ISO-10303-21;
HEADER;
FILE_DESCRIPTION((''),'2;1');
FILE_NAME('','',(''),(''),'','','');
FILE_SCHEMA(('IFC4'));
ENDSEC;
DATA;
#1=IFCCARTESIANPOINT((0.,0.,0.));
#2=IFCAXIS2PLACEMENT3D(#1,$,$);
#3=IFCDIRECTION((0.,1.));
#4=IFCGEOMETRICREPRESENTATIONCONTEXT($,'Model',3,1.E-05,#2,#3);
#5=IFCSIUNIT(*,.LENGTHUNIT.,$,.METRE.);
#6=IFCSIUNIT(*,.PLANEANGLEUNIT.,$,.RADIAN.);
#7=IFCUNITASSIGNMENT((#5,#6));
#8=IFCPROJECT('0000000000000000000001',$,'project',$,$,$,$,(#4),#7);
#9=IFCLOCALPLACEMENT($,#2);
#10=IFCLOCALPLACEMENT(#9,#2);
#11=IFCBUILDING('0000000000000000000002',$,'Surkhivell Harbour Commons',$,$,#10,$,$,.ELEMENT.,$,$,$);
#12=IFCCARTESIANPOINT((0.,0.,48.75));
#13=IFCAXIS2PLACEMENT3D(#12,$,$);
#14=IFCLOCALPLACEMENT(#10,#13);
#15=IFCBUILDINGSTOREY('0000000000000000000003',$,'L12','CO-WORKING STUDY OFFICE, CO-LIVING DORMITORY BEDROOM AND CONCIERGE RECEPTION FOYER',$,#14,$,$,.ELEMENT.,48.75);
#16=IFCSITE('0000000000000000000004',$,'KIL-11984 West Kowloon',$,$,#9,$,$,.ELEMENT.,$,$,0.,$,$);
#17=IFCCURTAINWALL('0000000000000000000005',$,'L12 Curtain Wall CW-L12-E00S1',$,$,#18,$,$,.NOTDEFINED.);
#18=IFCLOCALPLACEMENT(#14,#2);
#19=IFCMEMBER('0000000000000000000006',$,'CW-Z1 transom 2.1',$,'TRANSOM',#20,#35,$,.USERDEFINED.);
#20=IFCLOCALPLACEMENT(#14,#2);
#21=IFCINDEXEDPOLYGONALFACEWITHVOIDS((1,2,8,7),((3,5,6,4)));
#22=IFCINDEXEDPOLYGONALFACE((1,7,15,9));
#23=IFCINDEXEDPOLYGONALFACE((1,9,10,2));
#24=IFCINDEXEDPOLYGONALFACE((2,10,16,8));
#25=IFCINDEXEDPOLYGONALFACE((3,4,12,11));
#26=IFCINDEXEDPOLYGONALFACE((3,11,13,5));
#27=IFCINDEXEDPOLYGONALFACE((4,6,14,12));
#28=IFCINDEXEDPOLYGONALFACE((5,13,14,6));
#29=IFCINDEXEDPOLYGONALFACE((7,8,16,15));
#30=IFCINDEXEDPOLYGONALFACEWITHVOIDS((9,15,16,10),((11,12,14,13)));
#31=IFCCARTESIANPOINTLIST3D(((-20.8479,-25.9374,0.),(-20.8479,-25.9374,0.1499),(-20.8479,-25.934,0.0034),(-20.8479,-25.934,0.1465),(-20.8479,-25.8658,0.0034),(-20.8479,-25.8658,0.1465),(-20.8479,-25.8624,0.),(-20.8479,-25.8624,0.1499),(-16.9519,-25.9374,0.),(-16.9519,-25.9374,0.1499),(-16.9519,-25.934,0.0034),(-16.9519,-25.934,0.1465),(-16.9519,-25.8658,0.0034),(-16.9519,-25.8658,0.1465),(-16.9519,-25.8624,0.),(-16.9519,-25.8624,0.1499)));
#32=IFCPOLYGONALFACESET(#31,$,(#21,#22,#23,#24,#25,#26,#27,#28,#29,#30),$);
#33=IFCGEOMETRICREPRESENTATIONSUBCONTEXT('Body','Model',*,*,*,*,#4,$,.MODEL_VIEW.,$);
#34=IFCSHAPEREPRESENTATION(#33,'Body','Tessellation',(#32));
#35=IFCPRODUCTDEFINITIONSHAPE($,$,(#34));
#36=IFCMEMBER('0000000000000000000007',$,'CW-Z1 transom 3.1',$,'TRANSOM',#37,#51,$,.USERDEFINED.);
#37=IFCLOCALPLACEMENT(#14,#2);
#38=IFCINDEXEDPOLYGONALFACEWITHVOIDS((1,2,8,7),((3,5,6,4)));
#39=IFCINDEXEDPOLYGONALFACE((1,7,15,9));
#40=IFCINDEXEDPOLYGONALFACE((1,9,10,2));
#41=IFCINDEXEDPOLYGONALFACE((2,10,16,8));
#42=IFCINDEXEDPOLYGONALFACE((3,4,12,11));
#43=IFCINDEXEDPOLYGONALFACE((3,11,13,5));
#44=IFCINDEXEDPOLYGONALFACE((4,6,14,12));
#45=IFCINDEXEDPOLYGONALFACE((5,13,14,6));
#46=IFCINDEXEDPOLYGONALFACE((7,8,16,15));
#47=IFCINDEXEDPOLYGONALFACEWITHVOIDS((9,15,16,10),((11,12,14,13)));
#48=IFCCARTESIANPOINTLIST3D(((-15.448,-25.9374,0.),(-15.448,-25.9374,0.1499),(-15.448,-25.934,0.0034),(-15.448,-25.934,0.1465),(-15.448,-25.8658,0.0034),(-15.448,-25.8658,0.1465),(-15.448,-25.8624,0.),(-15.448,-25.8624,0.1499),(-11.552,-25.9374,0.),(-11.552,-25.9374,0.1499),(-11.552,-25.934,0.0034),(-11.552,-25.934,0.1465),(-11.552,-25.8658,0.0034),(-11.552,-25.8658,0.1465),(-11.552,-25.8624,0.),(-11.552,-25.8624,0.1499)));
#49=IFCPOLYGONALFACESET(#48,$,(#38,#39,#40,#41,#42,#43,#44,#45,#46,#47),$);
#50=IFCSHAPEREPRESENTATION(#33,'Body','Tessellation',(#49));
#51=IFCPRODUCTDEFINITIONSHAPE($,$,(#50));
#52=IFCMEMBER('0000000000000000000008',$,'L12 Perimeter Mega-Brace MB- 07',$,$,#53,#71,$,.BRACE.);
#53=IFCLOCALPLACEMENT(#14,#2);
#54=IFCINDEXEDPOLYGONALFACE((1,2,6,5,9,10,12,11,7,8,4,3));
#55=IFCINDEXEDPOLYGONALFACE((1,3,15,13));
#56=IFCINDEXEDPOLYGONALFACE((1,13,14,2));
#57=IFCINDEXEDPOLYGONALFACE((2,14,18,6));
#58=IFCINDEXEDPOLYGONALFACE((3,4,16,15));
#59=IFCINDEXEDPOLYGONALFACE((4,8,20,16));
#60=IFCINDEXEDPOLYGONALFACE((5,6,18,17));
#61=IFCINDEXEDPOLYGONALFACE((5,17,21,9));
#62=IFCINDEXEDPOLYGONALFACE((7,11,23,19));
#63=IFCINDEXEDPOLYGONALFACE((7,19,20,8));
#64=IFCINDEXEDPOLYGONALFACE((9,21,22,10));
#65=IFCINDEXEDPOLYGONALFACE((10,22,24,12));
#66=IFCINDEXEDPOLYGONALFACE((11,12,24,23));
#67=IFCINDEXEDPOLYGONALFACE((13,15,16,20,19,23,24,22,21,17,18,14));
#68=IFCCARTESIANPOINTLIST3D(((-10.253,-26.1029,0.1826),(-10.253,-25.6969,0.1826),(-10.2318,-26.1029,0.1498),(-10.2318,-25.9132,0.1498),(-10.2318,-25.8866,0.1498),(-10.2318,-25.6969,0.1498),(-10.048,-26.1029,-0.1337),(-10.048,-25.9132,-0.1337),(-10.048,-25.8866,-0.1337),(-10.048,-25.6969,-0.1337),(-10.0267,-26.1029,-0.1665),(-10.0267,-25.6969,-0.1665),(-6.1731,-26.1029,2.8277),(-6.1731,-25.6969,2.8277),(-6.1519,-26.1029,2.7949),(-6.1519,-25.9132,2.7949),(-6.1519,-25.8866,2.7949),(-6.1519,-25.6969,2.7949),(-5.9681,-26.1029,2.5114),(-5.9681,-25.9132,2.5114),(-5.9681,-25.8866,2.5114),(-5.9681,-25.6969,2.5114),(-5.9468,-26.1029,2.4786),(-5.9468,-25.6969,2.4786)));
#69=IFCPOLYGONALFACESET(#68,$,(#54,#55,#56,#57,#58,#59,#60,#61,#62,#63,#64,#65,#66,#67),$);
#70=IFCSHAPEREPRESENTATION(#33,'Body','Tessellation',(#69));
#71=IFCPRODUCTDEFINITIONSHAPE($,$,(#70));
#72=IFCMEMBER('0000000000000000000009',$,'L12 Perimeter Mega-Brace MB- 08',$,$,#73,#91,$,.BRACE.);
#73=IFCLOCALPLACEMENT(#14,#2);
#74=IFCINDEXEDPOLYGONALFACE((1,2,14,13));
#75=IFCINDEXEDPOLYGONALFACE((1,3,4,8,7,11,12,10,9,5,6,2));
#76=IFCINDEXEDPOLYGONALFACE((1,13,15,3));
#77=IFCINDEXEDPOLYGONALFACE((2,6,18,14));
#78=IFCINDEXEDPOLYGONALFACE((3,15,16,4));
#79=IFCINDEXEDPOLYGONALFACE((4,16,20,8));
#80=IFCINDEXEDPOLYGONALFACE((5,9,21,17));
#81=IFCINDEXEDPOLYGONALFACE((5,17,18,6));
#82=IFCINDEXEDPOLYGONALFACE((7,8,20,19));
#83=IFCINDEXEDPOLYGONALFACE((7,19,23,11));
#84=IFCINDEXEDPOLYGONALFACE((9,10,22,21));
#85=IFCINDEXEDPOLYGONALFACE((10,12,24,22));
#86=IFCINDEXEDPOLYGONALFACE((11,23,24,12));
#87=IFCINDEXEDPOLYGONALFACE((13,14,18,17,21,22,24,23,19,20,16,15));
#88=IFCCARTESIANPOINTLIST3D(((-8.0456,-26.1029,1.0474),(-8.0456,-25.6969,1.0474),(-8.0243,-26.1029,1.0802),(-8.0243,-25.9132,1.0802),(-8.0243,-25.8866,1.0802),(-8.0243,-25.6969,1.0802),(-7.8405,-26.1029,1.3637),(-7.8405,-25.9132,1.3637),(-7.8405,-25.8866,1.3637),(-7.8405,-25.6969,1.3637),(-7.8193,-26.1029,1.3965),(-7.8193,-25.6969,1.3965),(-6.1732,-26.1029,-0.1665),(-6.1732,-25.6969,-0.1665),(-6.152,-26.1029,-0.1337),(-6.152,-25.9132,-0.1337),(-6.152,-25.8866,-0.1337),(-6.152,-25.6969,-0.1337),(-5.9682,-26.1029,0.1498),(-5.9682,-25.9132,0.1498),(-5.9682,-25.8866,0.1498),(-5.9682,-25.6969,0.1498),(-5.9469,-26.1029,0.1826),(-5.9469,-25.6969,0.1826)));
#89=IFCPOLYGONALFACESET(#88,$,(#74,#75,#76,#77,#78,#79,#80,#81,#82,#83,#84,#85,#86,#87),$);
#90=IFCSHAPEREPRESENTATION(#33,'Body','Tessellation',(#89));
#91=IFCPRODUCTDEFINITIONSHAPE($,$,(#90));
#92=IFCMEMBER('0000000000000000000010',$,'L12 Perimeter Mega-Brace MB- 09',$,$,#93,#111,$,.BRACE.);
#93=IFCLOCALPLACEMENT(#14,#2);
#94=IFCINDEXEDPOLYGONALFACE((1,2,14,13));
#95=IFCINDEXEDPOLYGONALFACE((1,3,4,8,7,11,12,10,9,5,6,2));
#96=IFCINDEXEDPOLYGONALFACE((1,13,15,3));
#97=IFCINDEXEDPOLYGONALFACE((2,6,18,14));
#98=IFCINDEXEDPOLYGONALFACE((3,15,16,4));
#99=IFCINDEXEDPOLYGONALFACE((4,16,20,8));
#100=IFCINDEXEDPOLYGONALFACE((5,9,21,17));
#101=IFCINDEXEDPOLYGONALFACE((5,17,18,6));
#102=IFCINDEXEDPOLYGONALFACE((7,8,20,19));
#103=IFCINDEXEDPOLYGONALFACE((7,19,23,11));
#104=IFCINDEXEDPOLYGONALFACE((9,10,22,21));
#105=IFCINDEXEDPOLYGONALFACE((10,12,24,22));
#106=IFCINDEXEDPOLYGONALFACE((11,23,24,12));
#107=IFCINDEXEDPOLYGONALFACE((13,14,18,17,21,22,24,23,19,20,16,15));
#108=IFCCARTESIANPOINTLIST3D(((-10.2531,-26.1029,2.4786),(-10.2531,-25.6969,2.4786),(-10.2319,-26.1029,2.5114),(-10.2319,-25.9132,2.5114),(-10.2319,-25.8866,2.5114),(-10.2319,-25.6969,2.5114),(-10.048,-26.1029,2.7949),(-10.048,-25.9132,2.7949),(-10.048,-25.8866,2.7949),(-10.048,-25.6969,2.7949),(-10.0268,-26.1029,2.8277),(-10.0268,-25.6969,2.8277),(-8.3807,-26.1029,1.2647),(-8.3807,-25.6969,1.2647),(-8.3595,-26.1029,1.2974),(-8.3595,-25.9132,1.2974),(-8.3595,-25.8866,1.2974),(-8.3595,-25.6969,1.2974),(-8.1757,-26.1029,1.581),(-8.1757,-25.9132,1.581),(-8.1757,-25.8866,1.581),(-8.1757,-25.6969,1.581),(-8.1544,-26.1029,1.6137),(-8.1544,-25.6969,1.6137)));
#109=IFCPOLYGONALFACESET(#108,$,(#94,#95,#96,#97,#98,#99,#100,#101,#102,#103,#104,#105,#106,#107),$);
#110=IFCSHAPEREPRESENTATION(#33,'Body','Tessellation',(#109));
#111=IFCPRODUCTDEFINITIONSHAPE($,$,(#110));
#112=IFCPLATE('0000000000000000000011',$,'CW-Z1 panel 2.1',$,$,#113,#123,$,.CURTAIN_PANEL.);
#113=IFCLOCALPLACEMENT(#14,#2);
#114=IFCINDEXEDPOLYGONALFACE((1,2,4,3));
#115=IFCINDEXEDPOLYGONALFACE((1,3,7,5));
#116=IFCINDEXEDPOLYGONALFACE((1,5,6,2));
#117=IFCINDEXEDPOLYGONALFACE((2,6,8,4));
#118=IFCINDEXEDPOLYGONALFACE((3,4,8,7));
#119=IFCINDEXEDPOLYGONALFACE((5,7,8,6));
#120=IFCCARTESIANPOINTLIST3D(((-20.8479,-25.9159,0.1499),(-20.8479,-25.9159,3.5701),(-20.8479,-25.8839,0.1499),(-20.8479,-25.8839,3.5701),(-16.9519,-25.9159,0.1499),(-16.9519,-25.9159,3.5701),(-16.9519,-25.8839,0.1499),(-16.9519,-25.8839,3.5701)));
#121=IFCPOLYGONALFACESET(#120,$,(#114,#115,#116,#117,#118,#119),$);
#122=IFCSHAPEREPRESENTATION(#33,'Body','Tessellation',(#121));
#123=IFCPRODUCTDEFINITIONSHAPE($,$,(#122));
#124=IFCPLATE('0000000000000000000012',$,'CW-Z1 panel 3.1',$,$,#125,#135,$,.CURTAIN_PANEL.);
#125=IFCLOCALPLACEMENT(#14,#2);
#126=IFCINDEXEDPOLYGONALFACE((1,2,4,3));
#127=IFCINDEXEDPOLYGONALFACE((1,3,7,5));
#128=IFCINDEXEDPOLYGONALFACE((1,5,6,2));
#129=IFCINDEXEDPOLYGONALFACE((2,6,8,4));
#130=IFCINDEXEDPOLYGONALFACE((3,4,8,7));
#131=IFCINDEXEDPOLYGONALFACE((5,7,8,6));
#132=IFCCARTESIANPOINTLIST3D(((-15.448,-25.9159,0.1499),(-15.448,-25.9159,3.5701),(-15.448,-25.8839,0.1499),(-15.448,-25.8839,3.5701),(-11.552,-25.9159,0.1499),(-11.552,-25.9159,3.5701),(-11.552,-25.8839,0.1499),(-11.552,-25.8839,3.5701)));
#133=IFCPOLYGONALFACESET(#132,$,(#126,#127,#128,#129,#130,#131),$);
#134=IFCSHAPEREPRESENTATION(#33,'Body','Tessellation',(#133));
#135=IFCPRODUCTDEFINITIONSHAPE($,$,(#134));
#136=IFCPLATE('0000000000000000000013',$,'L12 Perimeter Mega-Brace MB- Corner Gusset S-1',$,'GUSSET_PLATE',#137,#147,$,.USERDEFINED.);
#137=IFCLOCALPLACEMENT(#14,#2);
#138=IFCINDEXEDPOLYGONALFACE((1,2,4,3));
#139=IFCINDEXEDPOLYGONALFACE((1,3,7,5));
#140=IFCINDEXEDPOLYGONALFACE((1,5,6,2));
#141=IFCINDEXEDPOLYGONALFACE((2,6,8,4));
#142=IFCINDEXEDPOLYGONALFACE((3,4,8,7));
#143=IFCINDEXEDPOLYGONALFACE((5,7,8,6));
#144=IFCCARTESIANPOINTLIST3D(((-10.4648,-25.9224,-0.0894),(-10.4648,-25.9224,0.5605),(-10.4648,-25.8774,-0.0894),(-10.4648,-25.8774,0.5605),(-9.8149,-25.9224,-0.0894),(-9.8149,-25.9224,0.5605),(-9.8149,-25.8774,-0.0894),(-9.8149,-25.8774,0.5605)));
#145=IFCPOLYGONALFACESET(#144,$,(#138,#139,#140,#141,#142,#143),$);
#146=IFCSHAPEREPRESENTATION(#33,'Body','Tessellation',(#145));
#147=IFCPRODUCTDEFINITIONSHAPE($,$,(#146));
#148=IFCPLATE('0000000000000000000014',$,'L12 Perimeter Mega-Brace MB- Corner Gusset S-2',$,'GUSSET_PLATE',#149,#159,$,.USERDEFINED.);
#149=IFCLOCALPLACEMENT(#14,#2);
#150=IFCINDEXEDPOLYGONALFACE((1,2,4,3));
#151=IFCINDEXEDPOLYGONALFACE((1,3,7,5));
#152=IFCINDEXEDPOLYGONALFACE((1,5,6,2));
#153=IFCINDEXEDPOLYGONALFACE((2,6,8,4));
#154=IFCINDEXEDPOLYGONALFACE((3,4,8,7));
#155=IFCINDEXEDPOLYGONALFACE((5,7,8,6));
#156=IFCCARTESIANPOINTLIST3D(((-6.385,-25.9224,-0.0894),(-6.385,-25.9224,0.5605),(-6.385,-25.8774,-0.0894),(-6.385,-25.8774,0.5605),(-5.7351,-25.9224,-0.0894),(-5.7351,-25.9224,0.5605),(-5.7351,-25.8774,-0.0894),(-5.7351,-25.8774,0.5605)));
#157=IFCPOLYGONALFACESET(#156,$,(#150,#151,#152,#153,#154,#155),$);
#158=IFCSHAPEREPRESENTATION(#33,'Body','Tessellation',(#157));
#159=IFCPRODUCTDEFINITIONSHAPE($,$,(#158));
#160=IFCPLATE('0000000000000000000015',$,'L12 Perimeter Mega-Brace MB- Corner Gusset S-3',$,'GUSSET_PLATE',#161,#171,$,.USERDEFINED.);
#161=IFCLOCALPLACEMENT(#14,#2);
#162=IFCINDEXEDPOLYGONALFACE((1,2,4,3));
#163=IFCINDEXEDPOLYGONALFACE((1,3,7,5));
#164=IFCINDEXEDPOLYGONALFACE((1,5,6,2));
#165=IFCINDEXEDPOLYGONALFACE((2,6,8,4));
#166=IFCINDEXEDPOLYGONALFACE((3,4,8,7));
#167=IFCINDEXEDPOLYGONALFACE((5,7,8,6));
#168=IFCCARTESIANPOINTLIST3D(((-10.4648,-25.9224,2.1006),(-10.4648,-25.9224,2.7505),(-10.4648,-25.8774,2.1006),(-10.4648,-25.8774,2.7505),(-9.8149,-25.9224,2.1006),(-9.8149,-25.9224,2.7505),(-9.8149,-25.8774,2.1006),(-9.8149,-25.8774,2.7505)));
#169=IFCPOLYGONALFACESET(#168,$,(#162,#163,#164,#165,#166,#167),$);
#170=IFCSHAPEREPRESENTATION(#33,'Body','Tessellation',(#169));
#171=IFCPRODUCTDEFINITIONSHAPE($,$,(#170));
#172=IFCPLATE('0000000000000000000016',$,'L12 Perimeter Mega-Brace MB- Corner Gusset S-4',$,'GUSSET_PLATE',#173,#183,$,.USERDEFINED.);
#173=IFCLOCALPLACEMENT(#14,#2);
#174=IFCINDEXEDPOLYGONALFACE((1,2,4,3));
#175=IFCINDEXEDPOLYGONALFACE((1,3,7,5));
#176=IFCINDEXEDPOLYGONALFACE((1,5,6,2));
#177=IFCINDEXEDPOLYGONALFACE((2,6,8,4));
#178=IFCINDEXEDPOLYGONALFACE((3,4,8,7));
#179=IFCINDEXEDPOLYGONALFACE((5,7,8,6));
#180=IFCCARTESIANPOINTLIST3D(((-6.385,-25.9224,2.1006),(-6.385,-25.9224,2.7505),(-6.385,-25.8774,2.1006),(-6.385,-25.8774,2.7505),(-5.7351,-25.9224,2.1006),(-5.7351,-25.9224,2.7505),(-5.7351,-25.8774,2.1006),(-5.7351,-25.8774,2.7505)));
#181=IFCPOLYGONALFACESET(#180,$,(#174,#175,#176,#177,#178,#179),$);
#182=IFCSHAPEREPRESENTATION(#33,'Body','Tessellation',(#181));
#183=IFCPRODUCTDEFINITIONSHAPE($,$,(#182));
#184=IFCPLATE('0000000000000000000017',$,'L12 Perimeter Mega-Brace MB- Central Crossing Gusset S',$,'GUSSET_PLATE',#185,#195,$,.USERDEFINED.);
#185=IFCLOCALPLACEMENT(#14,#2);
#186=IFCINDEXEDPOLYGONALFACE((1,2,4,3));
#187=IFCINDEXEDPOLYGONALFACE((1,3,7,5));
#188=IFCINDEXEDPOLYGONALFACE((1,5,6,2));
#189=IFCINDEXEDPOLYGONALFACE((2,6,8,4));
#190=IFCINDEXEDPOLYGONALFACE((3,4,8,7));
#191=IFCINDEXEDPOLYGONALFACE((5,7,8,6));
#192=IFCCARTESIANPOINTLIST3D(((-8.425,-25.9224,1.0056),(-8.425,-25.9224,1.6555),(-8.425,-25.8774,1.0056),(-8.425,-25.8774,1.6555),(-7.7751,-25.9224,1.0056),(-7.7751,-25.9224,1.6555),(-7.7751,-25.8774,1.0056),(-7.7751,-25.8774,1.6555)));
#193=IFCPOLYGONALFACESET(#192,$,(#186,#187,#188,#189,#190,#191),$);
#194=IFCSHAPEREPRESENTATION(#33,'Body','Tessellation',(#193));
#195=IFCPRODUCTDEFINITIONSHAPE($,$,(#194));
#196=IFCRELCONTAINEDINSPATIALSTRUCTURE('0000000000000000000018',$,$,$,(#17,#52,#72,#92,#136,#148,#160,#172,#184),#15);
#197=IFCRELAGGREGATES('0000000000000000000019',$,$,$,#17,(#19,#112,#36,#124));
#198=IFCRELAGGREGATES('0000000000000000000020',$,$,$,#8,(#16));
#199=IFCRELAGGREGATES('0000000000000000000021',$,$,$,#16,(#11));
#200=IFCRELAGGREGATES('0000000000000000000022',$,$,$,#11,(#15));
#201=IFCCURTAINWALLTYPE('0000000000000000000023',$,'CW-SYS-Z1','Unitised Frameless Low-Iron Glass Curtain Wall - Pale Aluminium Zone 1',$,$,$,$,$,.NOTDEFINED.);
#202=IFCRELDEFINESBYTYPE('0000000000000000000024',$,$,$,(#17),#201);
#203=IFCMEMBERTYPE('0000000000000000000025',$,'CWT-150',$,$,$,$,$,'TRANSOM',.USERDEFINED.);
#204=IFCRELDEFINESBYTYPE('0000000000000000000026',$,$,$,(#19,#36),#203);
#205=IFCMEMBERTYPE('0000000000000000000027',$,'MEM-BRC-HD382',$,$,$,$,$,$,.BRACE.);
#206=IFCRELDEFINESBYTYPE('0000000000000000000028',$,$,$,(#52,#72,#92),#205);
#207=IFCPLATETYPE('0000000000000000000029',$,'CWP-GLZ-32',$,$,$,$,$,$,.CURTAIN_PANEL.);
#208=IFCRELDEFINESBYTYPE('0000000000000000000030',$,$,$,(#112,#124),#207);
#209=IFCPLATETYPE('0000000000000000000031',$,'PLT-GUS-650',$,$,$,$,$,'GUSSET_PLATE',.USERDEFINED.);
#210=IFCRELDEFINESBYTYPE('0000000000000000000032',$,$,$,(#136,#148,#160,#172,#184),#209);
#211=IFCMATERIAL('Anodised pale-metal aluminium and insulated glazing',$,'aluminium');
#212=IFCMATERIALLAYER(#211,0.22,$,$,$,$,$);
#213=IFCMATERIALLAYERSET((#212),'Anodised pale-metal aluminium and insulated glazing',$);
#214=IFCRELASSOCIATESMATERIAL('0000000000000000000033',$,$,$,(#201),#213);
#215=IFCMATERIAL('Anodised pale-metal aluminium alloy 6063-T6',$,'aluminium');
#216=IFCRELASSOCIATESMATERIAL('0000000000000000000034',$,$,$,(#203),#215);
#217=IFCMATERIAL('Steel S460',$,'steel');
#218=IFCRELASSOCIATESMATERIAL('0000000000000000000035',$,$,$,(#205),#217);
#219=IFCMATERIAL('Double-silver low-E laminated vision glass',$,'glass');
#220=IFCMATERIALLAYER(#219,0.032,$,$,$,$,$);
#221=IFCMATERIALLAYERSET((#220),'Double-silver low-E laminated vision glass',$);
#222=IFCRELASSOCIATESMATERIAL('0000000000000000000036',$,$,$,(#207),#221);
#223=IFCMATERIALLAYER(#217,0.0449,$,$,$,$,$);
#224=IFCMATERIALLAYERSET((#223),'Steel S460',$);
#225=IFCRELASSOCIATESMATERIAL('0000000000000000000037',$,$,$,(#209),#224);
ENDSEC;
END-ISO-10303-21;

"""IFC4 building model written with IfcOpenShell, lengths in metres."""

from ifc_helpers import new_model, si_unit, direction, frame, frame_2d, origin, origin_2d, place, context, subcontext, project, spatial, rectangle, hollow_rectangle, i_section, extrude, material, layer, layer_set, material_profile, profile_set, type_object, element, aggregate, save


model = new_model("IFC4")

# Units and contexts
model_context = context("Model", 3, precision=1e-05, world=origin(), true_north=direction((0.0, 1.0)))
body_context = subcontext(model_context, "Body", "Model", "MODEL_VIEW")
ifc_project = project(units=[si_unit("LENGTHUNIT", "METRE"), si_unit("PLANEANGLEUNIT", "RADIAN")], contexts=[model_context])

# Site, building, storey
site_placement = place(None, origin())
site = spatial("IfcSite", under=ifc_project, at=site_placement, Name="KIL-11984 West Kowloon", CompositionType="ELEMENT", RefElevation=0.0)
building_placement = place(site_placement, origin())
building = spatial("IfcBuilding", under=site, at=building_placement, Name="Surkhivell Harbour Commons", CompositionType="ELEMENT")
storey_placement = place(building_placement, frame((0.0, 0.0, 48.75)))
storey = spatial("IfcBuildingStorey", under=building, at=storey_placement, Name="L12", Description="CO-WORKING STUDY OFFICE, CO-LIVING DORMITORY BEDROOM AND CONCIERGE RECEPTION FOYER", CompositionType="ELEMENT", Elevation=48.75)

# Shared definitions
ifc_material_1 = material(Name="Steel S460", Category="steel")

# Curtain wall, members
ifc_material_2 = material(Name="Anodised pale-metal aluminium and insulated glazing", Category="aluminium")
ifc_layer_1 = layer(ifc_material_2, 0.22)
ifc_layer_set_1 = layer_set([ifc_layer_1], Name="Anodised pale-metal aluminium and insulated glazing")
curtain_wall_type = type_object("IfcCurtainWallType", Name="CW-SYS-Z1", Description="Unitised Frameless Low-Iron Glass Curtain Wall - Pale Aluminium Zone 1", PredefinedType="NOTDEFINED", material=ifc_layer_set_1)
curtain_wall_placement = place(storey_placement, origin())
curtain_wall = element("IfcCurtainWall", 1, at=curtain_wall_placement, inside=storey, type_object=curtain_wall_type, Name="L12 Curtain Wall CW-L12-E00S1", PredefinedType="NOTDEFINED")
ifc_material_3 = material(Name="Anodised pale-metal aluminium alloy 6063-T6", Category="aluminium")
ifc_material_profile_1 = material_profile(ifc_material_3, hollow_rectangle(XDim=0.075, YDim=0.1499, WallThickness=0.0034, at=origin_2d()), Name="ALU-TRAN-75x150")
ifc_profile_set_1 = profile_set([ifc_material_profile_1], Name="Anodised pale-metal aluminium alloy 6063-T6")
member_type_1 = type_object("IfcMemberType", Name="CWT-150", ElementType="TRANSOM", PredefinedType="USERDEFINED", material=ifc_profile_set_1)
member_1_placement = place(storey_placement, frame((-20.8479, -25.8999, 0.075), z_axis=(1.0, 0.0, 0.0), x_axis=(0.0, 1.0, 0.0)))
member_1 = element("IfcMember", 2, at=member_1_placement, type_object=member_type_1, Name="CW-Z1 transom 2.1", ObjectType="TRANSOM", PredefinedType="USERDEFINED", context=body_context, shape_type="SweptSolid", body=[
    extrude(hollow_rectangle(XDim=0.075, YDim=0.1499, WallThickness=0.0034, at=origin_2d()), origin(), (0.0, 0.0, 1.0), 3.896),
])
member_2_placement = place(storey_placement, frame((-15.448, -25.8999, 0.075), z_axis=(1.0, 0.0, 0.0), x_axis=(0.0, 1.0, 0.0)))
member_2 = element("IfcMember", 3, at=member_2_placement, type_object=member_type_1, Name="CW-Z1 transom 3.1", ObjectType="TRANSOM", PredefinedType="USERDEFINED", context=body_context, shape_type="SweptSolid", body=[
    extrude(hollow_rectangle(XDim=0.075, YDim=0.1499, WallThickness=0.0034, at=origin_2d()), origin(), (0.0, 0.0, 1.0), 3.896),
])

# Members
ifc_material_profile_2 = material_profile(ifc_material_1, i_section(OverallWidth=0.406, OverallDepth=0.416, WebThickness=0.0266, FlangeThickness=0.0391, at=origin_2d()), Name="HD400x382")
ifc_profile_set_2 = profile_set([ifc_material_profile_2], Name="Steel S460")
member_type_2 = type_object("IfcMemberType", Name="MEM-BRC-HD382", PredefinedType="BRACE", material=ifc_profile_set_2)
member_3_placement = place(storey_placement, frame((-10.1399, -25.8999, 0.0081), z_axis=(0.839089, 0.0, 0.543994), x_axis=(0.0, 1.0, 0.0)))
element("IfcMember", 4, at=member_3_placement, inside=storey, type_object=member_type_2, Name="L12 Perimeter Mega-Brace MB- 07", PredefinedType="BRACE", context=body_context, shape_type="SweptSolid", body=[
    extrude(i_section(OverallWidth=0.406, OverallDepth=0.416, WebThickness=0.0266, FlangeThickness=0.0391, at=origin_2d()), origin(), (0.0, 0.0, 1.0), 4.8623),
])
for number, where, z_axis, x_axis, name in (
    (5, (-6.0601, -25.8999, 0.0081), (-0.839085, 0.0, 0.544), (0.0, -1.0, 0.0), "L12 Perimeter Mega-Brace MB- 08"),
    (6, (-8.2676, -25.8999, 1.4392), (-0.839085, 0.0, 0.544), (0.0, -1.0, 0.0), "L12 Perimeter Mega-Brace MB- 09"),
):
    element("IfcMember", number, at=place(storey_placement, frame(where, z_axis=z_axis, x_axis=x_axis)), inside=storey, type_object=member_type_2, Name=name, PredefinedType="BRACE", context=body_context, shape_type="SweptSolid", body=[
        extrude(i_section(OverallWidth=0.406, OverallDepth=0.416, WebThickness=0.0266, FlangeThickness=0.0391, at=origin_2d()), origin(), (0.0, 0.0, 1.0), 2.2314),
    ])

# Plates
ifc_material_4 = material(Name="Double-silver low-E laminated vision glass", Category="glass")
ifc_layer_2 = layer(ifc_material_4, 0.032)
ifc_layer_set_2 = layer_set([ifc_layer_2], Name="Double-silver low-E laminated vision glass")
plate_type_1 = type_object("IfcPlateType", Name="CWP-GLZ-32", PredefinedType="CURTAIN_PANEL", material=ifc_layer_set_2)
plate_1_placement = place(storey_placement, frame((-20.8479, -25.8999, 0.1499), z_axis=(0.0, 0.0, 1.0), x_axis=(1.0, 0.0, 0.0)))
plate_1 = element("IfcPlate", 7, at=plate_1_placement, type_object=plate_type_1, Name="CW-Z1 panel 2.1", PredefinedType="CURTAIN_PANEL", context=body_context, shape_type="SweptSolid", body=[
    extrude(rectangle(XDim=3.896, YDim=0.032, at=frame_2d((1.948, 0.0))), origin(), (0.0, 0.0, 1.0), 3.4202),
])
plate_2_placement = place(storey_placement, frame((-15.448, -25.8999, 0.1499), z_axis=(0.0, 0.0, 1.0), x_axis=(1.0, 0.0, 0.0)))
plate_2 = element("IfcPlate", 8, at=plate_2_placement, type_object=plate_type_1, Name="CW-Z1 panel 3.1", PredefinedType="CURTAIN_PANEL", context=body_context, shape_type="SweptSolid", body=[
    extrude(rectangle(XDim=3.896, YDim=0.032, at=frame_2d((1.948, 0.0))), origin(), (0.0, 0.0, 1.0), 3.4202),
])
aggregate(curtain_wall, [member_1, plate_1, member_2, plate_2])

# Plates
ifc_layer_3 = layer(ifc_material_1, 0.0449)
ifc_layer_set_3 = layer_set([ifc_layer_3], Name="Steel S460")
plate_type_2 = type_object("IfcPlateType", Name="PLT-GUS-650", ElementType="GUSSET_PLATE", PredefinedType="USERDEFINED", material=ifc_layer_set_3)
for number, where, z_axis, x_axis, name in (
    (9, (-10.1399, -25.8999, -0.0894), (0.0, 0.0, 1.0), (1.0, 0.0, 0.0), "L12 Perimeter Mega-Brace MB- Corner Gusset S-1"),
    (10, (-6.0601, -25.8999, -0.0894), (0.0, 0.0, 1.0), (1.0, 0.0, 0.0), "L12 Perimeter Mega-Brace MB- Corner Gusset S-2"),
    (11, (-10.1399, -25.8999, 2.1006), (0.0, 0.0, 1.0), (1.0, 0.0, 0.0), "L12 Perimeter Mega-Brace MB- Corner Gusset S-3"),
    (12, (-6.0601, -25.8999, 2.1006), (0.0, 0.0, 1.0), (1.0, 0.0, 0.0), "L12 Perimeter Mega-Brace MB- Corner Gusset S-4"),
    (13, (-8.1001, -25.8999, 1.0056), (0.0, 0.0, 1.0), (1.0, 0.0, 0.0), "L12 Perimeter Mega-Brace MB- Central Crossing Gusset S"),
):
    element("IfcPlate", number, at=place(storey_placement, frame(where, z_axis=z_axis, x_axis=x_axis)), inside=storey, type_object=plate_type_2, Name=name, ObjectType="GUSSET_PLATE", PredefinedType="USERDEFINED", context=body_context, shape_type="SweptSolid", body=[
        extrude(rectangle(XDim=0.6499, YDim=0.0449, at=origin_2d()), origin(), (0.0, 0.0, 1.0), 0.6499),
    ])

save(model, "model.ifc")
